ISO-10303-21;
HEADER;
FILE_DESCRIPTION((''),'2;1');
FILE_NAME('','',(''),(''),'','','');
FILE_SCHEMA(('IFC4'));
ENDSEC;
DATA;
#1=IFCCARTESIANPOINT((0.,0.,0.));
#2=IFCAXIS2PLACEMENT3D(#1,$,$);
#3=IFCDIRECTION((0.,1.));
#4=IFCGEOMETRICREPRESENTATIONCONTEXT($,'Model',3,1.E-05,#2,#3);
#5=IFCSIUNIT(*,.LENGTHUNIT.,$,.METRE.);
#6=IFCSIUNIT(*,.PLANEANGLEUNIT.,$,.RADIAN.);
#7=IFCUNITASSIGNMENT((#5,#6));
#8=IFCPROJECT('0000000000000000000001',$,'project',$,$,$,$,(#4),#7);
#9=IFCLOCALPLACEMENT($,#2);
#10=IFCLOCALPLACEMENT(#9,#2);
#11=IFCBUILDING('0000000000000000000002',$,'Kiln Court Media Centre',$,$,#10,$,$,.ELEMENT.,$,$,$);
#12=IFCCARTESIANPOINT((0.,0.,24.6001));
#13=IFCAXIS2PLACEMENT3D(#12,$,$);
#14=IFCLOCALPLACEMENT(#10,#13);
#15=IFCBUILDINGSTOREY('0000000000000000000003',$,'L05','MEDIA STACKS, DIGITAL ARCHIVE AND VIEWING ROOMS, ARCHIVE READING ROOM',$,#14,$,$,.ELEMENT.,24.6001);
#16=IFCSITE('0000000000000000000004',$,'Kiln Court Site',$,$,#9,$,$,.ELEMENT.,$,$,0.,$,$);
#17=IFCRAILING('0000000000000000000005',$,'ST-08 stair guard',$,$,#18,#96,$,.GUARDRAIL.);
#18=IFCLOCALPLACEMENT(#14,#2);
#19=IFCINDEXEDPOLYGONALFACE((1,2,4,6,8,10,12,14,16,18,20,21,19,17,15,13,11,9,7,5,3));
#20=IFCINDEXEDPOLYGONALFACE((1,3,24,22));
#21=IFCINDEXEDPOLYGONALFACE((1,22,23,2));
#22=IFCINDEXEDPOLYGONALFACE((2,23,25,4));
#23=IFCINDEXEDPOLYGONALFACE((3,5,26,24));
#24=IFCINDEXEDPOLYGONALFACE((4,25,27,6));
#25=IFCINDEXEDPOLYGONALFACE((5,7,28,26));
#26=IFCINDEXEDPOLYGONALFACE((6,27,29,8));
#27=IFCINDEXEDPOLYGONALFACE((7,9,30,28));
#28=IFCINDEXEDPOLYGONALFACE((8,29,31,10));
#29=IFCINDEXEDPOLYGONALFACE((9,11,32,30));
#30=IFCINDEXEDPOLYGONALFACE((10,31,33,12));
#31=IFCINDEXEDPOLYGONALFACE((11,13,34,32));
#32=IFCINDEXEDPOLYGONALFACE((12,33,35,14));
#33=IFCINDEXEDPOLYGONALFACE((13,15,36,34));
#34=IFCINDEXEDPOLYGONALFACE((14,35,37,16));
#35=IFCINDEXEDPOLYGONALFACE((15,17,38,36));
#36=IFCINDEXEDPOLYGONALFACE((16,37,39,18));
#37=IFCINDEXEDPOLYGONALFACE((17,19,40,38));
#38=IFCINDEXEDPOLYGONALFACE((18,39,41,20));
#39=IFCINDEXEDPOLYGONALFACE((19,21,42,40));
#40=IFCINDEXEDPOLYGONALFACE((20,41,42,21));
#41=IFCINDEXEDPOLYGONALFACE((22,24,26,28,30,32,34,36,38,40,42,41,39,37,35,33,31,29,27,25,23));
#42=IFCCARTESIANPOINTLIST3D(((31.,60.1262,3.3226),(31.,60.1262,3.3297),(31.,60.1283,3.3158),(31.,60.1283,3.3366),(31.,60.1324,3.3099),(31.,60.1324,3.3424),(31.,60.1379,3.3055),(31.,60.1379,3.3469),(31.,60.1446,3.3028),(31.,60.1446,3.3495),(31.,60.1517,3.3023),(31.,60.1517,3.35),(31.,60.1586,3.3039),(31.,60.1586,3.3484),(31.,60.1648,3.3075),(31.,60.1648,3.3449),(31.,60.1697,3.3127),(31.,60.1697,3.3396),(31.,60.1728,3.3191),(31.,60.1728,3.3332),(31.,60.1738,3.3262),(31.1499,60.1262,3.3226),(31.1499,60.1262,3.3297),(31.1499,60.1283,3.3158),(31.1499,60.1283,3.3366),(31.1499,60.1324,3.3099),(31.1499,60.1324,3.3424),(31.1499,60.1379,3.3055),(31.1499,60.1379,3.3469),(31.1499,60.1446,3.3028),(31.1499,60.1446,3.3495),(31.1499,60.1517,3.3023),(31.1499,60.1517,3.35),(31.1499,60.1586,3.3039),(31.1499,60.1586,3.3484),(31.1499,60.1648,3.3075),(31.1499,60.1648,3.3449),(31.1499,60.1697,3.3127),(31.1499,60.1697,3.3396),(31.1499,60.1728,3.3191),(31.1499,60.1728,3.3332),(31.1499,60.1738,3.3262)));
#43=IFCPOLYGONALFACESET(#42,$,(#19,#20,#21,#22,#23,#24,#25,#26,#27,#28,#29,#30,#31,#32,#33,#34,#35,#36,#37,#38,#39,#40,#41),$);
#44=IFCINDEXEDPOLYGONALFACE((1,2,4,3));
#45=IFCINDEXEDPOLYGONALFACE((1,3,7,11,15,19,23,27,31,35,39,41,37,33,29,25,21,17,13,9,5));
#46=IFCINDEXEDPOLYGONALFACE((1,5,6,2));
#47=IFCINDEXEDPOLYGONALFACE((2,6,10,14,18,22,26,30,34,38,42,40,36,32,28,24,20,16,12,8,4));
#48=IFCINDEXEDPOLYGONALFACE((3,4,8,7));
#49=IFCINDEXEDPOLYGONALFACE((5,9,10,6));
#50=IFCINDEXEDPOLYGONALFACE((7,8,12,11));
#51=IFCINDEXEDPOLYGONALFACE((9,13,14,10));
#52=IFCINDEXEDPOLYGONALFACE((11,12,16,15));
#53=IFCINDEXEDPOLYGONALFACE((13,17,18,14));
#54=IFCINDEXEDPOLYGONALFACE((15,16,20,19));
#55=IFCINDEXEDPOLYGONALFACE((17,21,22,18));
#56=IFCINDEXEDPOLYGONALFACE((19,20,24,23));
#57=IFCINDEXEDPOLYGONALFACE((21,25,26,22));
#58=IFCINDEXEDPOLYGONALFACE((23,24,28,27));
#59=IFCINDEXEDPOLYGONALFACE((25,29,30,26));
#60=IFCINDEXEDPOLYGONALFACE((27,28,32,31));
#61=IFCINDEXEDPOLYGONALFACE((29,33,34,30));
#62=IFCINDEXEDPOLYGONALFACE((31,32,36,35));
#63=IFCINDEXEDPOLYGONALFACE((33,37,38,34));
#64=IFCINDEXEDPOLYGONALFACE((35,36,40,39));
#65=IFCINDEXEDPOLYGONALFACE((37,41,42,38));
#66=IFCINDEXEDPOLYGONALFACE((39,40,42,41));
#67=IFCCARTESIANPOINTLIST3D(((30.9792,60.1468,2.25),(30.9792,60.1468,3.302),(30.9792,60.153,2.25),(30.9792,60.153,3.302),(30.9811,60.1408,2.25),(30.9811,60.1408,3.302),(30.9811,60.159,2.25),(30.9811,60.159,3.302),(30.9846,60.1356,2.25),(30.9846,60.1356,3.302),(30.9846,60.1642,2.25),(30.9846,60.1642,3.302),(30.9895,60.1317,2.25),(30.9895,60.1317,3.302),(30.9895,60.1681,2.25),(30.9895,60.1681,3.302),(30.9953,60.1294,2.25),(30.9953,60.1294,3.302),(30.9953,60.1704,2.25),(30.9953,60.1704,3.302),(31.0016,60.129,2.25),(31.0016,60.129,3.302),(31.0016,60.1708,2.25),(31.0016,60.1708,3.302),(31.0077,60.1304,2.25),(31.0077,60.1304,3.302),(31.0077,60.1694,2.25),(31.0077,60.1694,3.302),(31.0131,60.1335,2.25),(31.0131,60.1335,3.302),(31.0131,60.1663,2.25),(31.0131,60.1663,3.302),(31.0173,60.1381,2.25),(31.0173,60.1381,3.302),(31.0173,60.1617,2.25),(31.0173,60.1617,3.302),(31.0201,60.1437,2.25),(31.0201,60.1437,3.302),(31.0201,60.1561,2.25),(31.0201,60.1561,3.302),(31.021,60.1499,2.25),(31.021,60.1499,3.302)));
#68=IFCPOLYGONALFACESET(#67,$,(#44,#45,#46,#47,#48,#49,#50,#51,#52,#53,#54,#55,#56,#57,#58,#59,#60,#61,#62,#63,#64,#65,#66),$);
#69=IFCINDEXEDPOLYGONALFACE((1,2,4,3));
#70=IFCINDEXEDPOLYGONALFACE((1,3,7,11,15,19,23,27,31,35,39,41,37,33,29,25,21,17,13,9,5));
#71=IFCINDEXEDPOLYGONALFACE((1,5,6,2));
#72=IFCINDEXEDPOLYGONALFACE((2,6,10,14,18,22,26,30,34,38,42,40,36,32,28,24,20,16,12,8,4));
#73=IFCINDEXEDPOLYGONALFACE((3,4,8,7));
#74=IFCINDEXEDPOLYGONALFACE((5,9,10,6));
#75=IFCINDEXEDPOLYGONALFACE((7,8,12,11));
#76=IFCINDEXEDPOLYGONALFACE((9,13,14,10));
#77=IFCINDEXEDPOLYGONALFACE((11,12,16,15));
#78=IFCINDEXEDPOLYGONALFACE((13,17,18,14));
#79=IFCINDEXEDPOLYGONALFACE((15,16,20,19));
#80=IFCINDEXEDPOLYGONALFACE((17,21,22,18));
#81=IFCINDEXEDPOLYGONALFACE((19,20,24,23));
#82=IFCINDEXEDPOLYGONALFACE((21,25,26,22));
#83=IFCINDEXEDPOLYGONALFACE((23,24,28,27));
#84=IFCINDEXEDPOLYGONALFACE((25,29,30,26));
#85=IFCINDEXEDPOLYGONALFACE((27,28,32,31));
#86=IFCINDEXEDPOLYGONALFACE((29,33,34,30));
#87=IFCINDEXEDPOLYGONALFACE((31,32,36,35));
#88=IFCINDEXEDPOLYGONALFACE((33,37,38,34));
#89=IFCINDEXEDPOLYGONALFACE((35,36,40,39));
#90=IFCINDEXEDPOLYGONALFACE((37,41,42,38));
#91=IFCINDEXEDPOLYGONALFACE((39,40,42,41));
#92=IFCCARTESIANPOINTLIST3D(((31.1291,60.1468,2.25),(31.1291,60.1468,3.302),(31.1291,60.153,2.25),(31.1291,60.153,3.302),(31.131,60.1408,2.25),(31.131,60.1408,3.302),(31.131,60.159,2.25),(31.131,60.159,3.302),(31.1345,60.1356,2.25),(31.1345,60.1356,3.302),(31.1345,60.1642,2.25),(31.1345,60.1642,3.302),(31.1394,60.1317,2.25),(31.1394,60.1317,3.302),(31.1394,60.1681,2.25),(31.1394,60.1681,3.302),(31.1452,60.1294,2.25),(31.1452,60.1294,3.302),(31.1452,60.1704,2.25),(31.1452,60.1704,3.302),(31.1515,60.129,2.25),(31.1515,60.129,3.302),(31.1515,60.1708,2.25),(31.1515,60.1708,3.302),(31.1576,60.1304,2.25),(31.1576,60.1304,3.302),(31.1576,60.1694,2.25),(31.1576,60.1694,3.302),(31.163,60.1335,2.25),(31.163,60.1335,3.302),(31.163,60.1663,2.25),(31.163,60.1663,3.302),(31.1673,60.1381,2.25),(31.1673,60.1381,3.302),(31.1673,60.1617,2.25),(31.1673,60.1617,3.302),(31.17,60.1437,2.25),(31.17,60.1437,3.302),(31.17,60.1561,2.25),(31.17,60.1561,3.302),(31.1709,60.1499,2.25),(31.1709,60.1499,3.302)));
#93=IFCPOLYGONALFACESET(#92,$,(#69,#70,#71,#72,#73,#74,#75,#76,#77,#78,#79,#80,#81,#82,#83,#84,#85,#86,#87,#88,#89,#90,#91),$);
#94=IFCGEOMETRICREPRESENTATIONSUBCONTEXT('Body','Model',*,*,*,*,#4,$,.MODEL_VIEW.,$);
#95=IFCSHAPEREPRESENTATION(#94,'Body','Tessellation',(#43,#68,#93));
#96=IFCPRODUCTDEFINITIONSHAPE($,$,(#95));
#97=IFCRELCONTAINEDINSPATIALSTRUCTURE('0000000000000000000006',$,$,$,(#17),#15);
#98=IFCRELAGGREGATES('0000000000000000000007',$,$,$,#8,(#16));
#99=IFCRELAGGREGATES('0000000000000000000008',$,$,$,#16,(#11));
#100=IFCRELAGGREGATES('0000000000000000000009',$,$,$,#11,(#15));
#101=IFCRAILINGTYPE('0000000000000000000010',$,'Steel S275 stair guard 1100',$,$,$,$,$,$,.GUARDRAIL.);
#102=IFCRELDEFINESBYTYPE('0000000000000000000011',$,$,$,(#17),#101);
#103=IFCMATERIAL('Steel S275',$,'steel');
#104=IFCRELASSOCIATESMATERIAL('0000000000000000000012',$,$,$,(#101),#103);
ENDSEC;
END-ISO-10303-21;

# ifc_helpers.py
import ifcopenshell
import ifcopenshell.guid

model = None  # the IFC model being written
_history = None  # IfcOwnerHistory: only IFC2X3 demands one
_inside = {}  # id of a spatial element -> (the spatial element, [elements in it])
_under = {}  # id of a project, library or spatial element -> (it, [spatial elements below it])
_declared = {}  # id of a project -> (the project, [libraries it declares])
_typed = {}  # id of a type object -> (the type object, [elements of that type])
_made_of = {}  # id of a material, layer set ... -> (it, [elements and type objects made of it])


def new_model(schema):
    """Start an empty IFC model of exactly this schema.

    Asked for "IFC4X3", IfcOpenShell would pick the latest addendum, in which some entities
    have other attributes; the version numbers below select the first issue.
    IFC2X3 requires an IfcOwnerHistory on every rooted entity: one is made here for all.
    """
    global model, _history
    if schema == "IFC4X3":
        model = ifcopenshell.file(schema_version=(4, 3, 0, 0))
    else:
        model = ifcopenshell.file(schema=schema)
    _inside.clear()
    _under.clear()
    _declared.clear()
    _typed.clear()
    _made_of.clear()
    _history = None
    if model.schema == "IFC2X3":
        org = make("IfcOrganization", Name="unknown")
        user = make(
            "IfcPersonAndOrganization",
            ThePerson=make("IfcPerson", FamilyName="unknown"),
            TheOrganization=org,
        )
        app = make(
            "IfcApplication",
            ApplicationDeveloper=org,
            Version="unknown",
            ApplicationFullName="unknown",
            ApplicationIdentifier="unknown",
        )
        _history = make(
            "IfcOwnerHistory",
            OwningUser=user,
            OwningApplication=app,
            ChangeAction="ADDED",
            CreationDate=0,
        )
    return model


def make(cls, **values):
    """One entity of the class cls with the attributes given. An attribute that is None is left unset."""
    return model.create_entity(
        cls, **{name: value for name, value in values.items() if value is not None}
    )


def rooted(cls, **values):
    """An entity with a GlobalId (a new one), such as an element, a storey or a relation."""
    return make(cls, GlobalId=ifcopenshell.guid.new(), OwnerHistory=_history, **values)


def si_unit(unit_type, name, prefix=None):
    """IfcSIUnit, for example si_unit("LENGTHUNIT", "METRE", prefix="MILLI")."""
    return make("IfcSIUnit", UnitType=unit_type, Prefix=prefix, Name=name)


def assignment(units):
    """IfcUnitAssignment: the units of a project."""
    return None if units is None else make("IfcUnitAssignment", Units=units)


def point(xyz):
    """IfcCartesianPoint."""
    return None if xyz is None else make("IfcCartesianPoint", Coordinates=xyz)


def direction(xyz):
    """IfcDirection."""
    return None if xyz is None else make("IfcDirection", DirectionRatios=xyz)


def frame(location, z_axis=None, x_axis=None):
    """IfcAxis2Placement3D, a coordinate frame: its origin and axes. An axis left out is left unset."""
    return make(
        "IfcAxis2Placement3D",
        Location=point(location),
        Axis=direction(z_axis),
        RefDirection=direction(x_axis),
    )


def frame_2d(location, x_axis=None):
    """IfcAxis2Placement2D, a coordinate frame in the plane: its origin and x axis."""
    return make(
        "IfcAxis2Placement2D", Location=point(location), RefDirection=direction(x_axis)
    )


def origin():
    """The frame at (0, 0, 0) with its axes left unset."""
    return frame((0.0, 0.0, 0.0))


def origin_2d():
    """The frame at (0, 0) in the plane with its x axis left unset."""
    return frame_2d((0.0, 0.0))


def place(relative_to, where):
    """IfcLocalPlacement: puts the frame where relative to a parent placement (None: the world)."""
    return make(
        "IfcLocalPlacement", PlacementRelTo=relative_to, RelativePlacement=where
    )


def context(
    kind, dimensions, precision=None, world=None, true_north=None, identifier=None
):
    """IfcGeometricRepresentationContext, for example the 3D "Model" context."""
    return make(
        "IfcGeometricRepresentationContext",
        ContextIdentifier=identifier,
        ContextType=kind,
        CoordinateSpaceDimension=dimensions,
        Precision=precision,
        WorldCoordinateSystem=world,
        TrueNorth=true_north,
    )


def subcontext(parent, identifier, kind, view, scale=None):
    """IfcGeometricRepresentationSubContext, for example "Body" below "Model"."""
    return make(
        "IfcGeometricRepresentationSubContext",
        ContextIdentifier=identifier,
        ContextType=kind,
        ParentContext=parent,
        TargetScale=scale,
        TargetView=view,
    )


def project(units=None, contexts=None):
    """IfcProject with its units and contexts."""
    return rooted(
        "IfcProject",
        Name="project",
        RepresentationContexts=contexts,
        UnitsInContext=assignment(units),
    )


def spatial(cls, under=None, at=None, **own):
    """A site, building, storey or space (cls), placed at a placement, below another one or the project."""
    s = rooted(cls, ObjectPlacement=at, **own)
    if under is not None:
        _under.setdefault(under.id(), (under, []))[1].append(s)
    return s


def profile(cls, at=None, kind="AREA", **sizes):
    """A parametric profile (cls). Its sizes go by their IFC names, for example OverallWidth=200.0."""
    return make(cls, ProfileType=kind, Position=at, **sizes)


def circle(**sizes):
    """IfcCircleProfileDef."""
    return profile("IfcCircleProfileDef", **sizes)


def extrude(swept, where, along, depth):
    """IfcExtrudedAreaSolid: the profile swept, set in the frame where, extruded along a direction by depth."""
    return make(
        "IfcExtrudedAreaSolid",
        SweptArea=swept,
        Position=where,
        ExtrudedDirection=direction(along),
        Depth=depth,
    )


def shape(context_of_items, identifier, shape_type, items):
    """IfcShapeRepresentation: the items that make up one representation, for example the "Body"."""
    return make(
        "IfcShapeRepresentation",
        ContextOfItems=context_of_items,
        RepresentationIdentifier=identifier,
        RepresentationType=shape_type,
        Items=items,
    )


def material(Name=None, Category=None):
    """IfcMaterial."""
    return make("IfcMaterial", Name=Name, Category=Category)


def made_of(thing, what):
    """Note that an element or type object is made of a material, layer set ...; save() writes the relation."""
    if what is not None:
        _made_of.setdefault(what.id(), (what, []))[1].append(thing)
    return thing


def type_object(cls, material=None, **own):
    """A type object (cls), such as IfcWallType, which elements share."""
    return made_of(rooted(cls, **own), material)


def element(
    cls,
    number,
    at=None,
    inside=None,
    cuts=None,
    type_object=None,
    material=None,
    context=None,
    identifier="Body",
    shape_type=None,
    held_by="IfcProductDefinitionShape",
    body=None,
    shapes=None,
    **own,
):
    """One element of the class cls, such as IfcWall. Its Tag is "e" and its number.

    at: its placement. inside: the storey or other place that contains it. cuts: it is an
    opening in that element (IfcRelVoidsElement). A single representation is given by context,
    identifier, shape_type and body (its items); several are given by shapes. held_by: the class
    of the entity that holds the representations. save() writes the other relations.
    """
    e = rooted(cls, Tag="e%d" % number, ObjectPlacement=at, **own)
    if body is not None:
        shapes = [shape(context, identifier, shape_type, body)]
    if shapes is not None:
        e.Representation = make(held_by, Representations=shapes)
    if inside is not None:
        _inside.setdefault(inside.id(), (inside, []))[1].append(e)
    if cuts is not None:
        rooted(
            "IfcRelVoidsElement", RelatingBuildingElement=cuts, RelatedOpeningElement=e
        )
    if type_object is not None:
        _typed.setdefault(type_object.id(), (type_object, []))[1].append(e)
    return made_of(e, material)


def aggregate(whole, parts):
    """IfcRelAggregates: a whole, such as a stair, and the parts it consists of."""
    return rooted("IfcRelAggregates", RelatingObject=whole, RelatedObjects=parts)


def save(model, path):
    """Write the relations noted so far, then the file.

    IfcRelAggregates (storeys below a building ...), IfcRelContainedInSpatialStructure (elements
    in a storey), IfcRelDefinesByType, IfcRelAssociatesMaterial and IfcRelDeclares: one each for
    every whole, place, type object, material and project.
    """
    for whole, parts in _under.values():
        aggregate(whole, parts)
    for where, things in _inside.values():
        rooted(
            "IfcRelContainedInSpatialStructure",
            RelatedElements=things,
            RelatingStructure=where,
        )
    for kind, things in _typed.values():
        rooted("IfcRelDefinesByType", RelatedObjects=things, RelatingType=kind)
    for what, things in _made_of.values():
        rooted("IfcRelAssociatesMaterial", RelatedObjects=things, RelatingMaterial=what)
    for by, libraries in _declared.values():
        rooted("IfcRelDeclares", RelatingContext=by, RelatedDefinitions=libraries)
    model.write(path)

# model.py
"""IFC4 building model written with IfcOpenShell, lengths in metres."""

from ifc_helpers import new_model, si_unit, direction, frame, origin, origin_2d, place, context, subcontext, project, spatial, circle, extrude, material, type_object, element, save


model = new_model("IFC4")

# Units and contexts
model_context = context("Model", 3, precision=1e-05, world=origin(), true_north=direction((0.0, 1.0)))
body_context = subcontext(model_context, "Body", "Model", "MODEL_VIEW")
ifc_project = project(units=[si_unit("LENGTHUNIT", "METRE"), si_unit("PLANEANGLEUNIT", "RADIAN")], contexts=[model_context])

# Site, building, storey
site_placement = place(None, origin())
site = spatial("IfcSite", under=ifc_project, at=site_placement, Name="Kiln Court Site", CompositionType="ELEMENT", RefElevation=0.0)
building_placement = place(site_placement, origin())
building = spatial("IfcBuilding", under=site, at=building_placement, Name="Kiln Court Media Centre", CompositionType="ELEMENT")
storey_placement = place(building_placement, frame((0.0, 0.0, 24.6001)))
storey = spatial("IfcBuildingStorey", under=building, at=storey_placement, Name="L05", Description="MEDIA STACKS, DIGITAL ARCHIVE AND VIEWING ROOMS, ARCHIVE READING ROOM", CompositionType="ELEMENT", Elevation=24.6001)

# Railing
ifc_material_1 = material(Name="Steel S275", Category="steel")
railing_type_1 = type_object("IfcRailingType", Name="Steel S275 stair guard 1100", PredefinedType="GUARDRAIL", material=ifc_material_1)
railing_1_placement = place(storey_placement, frame((31.0, 60.1499, 2.25)))
element("IfcRailing", 1, at=railing_1_placement, inside=storey, type_object=railing_type_1, Name="ST-08 stair guard", PredefinedType="GUARDRAIL", context=body_context, shape_type="SweptSolid", body=[
    extrude(circle(Radius=0.0239, at=origin_2d()), frame((0.0, 0.0, 1.0762), z_axis=(1.0, 0.0, 0.0), x_axis=(0.0, 1.0, 0.0)), (0.0, 0.0, 1.0), 0.1499),
    extrude(circle(Radius=0.021, at=origin_2d()), origin(), (0.0, 0.0, 1.0), 1.052),
    extrude(circle(Radius=0.021, at=origin_2d()), frame((0.1499, 0.0, 0.0)), (0.0, 0.0, 1.0), 1.052),
])

save(model, "model.ifc")
